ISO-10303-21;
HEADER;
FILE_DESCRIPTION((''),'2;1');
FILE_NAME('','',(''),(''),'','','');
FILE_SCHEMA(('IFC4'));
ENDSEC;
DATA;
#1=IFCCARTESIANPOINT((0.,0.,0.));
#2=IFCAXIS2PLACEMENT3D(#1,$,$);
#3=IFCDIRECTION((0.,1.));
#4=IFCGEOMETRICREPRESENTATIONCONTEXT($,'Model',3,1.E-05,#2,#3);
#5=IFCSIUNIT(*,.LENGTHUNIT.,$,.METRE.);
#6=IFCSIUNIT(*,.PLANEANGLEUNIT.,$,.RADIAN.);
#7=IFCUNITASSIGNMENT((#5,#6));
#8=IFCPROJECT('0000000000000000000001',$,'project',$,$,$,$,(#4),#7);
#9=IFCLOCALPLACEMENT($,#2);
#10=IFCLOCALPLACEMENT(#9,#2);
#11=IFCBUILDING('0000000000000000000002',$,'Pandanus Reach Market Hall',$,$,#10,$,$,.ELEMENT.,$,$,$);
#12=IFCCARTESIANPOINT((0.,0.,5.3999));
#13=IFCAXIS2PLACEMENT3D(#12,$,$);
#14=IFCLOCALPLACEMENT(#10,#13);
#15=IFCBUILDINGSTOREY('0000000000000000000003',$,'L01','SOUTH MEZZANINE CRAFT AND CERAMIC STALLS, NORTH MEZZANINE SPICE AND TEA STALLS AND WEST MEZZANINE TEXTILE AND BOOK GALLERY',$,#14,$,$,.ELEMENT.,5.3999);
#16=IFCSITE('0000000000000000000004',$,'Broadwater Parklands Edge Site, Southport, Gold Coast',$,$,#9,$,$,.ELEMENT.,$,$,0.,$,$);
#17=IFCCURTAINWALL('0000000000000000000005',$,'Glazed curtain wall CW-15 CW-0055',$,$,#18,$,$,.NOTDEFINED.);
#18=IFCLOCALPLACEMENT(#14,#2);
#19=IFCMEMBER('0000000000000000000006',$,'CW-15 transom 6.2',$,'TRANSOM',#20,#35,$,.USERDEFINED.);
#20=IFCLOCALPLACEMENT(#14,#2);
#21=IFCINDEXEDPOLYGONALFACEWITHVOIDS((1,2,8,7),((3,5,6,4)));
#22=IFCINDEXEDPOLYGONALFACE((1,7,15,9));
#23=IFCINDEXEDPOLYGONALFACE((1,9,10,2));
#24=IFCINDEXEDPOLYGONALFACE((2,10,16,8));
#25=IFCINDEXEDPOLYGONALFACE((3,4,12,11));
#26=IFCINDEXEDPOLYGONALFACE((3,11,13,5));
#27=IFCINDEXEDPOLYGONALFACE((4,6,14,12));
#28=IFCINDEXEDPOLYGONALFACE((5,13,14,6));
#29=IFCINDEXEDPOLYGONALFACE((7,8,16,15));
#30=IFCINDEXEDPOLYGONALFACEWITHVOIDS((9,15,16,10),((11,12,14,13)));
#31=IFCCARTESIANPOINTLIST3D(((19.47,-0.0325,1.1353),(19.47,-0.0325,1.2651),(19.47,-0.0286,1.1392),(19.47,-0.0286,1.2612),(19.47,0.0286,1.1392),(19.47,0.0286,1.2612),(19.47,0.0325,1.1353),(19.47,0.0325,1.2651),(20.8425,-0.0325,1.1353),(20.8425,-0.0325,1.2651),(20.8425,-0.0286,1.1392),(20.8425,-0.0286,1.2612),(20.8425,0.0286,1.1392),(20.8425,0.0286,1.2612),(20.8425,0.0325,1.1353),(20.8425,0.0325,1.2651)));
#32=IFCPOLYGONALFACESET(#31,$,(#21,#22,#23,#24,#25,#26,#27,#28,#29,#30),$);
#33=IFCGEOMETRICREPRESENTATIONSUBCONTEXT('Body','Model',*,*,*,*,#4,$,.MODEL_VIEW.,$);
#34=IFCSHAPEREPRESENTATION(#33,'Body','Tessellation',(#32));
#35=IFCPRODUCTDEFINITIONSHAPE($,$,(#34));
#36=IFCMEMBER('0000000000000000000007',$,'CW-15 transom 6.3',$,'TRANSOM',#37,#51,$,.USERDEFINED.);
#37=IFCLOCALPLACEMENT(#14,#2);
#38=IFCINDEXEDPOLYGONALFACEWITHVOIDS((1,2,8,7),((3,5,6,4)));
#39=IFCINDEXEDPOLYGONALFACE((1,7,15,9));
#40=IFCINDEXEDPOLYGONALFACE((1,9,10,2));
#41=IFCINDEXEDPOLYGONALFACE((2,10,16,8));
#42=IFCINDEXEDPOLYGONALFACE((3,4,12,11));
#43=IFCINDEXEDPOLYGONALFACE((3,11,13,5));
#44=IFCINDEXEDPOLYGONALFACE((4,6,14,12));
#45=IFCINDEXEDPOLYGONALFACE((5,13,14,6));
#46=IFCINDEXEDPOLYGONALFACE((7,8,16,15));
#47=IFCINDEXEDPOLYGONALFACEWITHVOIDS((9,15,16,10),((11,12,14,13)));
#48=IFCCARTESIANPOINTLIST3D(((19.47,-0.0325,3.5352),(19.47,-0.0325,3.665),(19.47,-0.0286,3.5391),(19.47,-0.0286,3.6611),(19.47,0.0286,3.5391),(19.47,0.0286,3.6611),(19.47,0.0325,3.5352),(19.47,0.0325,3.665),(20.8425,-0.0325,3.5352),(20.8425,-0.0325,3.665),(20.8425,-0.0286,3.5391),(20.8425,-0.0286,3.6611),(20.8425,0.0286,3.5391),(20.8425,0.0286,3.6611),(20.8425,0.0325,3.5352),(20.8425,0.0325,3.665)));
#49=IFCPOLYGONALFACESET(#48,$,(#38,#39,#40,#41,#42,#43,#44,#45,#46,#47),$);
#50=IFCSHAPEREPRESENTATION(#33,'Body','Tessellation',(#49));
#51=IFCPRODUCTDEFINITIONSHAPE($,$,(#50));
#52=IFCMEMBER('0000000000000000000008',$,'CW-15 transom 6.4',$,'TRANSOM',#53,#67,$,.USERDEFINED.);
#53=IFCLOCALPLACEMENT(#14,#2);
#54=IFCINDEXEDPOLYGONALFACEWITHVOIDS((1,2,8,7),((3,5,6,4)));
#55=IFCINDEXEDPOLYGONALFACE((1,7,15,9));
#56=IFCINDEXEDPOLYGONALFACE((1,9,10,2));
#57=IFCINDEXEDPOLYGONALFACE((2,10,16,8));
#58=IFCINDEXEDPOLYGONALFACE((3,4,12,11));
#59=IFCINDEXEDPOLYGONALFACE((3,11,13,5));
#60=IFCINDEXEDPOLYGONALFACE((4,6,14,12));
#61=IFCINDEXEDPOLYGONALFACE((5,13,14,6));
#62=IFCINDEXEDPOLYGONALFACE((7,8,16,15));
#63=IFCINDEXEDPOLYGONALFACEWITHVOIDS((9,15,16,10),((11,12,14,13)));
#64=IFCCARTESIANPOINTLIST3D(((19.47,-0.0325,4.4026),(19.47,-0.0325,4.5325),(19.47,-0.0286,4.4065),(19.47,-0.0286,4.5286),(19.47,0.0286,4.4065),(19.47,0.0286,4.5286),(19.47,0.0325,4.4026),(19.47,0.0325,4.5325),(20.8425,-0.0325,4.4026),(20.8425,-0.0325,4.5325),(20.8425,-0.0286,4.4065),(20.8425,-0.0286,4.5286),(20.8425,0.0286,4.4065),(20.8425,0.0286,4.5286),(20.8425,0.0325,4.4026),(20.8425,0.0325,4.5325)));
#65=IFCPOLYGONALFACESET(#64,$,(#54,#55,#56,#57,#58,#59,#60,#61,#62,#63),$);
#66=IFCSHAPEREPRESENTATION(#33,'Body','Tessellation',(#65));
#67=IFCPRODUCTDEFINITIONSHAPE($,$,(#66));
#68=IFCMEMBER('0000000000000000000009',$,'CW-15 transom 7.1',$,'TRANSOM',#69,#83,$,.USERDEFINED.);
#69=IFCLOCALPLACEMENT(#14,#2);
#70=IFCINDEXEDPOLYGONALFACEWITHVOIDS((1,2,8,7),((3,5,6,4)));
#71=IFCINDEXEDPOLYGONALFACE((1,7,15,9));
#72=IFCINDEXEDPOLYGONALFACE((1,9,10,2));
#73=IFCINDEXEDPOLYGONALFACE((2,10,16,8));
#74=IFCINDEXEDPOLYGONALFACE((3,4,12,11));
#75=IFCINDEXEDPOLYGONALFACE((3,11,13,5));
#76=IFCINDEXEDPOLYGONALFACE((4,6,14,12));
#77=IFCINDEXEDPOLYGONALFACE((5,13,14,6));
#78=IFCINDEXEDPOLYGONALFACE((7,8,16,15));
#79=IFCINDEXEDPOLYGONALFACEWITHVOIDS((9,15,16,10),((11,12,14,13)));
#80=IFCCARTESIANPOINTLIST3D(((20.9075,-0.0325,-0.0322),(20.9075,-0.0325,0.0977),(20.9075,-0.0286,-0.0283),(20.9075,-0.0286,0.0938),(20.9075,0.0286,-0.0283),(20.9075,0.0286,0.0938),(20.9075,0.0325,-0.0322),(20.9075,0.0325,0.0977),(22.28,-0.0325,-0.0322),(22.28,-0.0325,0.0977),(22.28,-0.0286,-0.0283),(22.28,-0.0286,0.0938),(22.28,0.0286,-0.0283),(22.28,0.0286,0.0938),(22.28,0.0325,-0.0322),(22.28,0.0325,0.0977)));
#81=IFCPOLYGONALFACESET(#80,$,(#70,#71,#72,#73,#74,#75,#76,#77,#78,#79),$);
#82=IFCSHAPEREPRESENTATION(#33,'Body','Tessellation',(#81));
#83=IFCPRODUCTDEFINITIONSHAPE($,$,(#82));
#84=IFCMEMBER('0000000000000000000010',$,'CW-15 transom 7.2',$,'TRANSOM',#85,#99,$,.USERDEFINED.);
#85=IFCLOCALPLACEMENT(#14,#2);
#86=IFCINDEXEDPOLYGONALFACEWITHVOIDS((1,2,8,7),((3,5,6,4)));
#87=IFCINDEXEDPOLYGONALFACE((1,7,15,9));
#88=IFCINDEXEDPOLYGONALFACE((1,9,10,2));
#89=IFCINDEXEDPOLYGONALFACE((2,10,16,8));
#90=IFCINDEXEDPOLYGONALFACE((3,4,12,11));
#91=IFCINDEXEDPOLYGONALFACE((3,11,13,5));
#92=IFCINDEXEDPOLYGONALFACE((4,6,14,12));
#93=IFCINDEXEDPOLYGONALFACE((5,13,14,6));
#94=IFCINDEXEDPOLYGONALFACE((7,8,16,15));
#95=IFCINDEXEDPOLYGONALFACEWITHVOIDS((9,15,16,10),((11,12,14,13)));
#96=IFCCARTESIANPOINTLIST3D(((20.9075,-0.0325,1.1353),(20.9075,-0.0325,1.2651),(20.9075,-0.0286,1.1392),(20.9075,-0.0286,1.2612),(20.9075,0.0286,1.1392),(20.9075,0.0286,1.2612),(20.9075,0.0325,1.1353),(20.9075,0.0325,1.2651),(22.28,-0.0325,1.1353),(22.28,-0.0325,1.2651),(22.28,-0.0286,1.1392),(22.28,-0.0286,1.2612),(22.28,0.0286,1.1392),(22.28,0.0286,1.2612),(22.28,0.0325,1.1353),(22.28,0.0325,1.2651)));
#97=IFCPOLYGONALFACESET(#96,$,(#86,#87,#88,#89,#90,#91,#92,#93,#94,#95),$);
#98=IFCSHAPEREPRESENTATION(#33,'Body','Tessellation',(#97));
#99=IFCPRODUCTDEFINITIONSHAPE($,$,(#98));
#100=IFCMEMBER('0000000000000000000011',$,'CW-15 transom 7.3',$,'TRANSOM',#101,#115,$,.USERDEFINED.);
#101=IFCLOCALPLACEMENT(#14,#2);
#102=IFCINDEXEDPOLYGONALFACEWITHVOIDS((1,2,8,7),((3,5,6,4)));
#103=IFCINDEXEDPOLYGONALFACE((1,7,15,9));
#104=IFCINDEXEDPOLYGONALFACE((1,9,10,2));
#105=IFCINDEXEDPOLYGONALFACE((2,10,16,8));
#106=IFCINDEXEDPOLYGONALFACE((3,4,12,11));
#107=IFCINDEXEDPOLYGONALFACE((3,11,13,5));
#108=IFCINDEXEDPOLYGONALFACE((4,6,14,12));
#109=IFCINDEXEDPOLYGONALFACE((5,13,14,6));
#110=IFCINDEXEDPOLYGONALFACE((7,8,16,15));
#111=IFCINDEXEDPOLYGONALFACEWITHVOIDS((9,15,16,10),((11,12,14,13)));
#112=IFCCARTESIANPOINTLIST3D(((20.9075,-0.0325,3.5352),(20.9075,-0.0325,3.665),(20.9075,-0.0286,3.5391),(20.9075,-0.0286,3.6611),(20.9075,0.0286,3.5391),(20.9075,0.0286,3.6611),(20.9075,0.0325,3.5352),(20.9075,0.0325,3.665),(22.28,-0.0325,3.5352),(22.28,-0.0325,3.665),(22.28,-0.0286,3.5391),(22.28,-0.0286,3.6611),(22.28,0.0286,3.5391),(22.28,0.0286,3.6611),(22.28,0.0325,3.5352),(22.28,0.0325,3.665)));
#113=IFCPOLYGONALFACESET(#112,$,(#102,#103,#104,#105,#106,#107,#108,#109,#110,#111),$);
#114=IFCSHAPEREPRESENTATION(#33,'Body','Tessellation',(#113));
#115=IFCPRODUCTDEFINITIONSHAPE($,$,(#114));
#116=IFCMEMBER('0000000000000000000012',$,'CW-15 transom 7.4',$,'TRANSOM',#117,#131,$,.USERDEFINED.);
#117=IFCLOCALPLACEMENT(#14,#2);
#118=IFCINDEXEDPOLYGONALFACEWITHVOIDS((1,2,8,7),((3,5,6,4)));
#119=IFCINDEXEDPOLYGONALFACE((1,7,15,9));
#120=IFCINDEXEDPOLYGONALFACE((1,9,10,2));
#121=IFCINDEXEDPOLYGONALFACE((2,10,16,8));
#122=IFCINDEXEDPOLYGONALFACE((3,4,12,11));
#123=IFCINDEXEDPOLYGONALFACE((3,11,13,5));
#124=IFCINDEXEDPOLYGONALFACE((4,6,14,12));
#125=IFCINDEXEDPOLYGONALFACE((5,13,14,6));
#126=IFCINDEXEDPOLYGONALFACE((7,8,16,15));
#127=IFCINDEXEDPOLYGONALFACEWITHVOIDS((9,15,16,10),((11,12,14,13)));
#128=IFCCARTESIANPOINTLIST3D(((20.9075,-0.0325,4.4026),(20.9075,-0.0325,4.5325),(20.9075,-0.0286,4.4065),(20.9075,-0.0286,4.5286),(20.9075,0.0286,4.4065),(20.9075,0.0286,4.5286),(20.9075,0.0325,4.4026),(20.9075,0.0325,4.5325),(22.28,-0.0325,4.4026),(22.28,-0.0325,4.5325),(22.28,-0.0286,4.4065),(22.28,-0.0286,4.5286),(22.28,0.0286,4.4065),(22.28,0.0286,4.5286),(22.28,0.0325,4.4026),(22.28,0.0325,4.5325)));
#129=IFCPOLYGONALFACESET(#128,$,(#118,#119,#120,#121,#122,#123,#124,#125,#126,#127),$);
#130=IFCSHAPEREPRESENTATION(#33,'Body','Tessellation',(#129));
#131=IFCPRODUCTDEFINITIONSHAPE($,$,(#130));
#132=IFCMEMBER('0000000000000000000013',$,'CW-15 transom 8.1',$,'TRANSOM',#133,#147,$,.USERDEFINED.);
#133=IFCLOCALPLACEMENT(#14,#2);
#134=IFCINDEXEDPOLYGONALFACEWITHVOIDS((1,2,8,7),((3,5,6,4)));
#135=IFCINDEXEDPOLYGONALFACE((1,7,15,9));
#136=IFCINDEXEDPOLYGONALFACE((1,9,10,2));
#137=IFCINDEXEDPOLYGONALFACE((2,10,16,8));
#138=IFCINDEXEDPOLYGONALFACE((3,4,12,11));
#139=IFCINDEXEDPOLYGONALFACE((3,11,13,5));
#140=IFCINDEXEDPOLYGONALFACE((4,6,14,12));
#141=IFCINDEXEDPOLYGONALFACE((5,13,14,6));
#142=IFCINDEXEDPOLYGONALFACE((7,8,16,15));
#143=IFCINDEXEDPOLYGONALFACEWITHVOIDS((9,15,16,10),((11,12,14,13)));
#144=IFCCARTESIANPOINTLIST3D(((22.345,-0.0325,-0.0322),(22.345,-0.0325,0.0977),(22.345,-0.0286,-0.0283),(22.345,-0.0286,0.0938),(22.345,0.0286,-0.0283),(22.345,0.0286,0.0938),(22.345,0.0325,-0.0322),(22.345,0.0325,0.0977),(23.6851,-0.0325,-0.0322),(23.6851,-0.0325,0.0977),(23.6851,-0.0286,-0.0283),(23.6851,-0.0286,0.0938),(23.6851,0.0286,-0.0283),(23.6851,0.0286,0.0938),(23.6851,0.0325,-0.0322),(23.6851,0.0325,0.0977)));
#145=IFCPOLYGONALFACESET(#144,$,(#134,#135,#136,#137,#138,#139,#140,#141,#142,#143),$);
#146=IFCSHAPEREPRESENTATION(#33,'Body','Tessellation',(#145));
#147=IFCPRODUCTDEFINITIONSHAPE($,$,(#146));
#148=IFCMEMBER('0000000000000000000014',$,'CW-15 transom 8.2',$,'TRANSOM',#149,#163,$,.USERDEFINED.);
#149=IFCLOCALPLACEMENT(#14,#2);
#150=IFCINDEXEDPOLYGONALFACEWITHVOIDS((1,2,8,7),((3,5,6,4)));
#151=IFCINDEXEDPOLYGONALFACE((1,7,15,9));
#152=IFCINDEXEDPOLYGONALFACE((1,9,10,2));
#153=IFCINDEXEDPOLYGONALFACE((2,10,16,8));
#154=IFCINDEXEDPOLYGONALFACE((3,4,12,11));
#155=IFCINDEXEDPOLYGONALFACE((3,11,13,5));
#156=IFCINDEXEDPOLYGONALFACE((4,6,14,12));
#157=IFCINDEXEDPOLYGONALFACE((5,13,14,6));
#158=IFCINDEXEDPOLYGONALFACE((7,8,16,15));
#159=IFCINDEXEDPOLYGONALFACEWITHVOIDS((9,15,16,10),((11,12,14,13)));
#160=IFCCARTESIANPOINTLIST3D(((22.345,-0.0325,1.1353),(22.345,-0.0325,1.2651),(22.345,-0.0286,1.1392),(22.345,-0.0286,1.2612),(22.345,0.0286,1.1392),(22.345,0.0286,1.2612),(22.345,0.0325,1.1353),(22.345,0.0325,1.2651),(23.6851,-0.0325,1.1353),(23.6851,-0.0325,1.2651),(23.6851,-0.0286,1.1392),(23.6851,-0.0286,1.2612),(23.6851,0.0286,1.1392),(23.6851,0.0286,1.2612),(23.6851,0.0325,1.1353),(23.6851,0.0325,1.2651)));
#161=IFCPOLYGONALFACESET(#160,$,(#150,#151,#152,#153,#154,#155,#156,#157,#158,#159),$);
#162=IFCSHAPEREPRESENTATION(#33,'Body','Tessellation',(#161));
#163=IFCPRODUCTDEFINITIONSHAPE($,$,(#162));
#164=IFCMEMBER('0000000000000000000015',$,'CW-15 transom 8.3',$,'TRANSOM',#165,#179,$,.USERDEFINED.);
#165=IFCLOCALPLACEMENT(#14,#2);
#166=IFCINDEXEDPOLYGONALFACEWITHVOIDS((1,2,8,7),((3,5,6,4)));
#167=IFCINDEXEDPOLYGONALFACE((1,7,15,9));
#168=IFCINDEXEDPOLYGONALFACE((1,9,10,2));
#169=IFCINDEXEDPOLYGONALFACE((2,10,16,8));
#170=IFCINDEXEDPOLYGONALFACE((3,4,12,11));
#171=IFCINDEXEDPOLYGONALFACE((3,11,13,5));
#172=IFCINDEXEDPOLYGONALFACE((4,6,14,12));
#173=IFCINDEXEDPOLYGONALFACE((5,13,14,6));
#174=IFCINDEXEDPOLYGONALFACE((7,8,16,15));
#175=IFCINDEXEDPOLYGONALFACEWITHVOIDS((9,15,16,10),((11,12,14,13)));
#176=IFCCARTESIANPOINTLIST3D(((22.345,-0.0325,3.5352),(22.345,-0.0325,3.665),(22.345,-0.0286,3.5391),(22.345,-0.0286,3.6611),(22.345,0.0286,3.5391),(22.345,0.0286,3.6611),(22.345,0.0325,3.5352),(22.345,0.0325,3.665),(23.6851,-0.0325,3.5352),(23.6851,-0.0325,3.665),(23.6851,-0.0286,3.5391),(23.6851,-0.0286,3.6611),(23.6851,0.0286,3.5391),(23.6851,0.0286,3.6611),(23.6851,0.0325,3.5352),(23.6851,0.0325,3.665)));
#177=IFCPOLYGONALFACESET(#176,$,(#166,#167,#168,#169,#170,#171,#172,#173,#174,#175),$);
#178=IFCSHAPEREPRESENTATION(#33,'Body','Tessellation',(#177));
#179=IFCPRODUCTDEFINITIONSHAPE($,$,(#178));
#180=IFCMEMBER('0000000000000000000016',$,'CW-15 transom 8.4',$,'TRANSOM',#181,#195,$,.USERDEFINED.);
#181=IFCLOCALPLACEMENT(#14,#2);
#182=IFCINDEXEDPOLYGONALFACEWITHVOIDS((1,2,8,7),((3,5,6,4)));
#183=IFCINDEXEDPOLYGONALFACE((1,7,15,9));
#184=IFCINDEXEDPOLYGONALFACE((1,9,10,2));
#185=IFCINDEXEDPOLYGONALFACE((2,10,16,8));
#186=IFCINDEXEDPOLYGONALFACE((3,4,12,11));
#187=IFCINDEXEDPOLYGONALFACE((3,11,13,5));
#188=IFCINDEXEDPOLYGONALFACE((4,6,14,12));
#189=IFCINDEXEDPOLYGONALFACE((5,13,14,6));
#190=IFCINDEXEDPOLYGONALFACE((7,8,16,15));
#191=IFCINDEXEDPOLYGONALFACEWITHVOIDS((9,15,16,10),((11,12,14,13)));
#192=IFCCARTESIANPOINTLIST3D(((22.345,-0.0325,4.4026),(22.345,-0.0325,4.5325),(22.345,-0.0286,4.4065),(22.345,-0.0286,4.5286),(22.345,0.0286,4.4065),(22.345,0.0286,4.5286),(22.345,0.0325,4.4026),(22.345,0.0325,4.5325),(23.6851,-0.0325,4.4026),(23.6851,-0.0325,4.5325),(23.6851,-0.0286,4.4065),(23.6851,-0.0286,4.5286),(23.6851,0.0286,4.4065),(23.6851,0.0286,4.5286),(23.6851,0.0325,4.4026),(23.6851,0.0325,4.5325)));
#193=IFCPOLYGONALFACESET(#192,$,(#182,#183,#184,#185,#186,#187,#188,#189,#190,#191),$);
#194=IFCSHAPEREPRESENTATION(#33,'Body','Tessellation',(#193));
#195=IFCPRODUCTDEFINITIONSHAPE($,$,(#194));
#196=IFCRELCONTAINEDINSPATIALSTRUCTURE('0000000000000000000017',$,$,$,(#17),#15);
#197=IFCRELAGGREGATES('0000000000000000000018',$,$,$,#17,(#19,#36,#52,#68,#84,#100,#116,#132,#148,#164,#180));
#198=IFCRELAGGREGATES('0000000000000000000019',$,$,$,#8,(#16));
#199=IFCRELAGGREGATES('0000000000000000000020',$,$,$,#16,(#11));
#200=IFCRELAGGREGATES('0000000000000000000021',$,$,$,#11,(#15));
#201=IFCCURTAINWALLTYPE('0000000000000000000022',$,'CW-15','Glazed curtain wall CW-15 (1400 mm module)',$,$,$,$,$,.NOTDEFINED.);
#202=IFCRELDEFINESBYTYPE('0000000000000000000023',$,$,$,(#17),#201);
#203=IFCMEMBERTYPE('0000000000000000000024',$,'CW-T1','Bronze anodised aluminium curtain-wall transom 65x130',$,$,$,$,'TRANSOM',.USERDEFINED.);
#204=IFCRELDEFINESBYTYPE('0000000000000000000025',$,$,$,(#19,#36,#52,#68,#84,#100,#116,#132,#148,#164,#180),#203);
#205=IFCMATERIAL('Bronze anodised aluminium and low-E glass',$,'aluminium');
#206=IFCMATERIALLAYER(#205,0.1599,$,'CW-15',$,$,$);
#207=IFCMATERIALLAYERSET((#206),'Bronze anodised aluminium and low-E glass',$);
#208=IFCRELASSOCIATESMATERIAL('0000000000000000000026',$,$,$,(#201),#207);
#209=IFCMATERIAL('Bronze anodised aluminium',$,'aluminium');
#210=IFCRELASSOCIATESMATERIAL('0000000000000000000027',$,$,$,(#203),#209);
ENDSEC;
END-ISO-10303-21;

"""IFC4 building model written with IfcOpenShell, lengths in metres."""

from ifc_helpers import new_model, si_unit, direction, frame, origin, origin_2d, place, context, subcontext, project, spatial, hollow_rectangle, extrude, material, layer, layer_set, material_profile, profile_set, type_object, element, aggregate, save


model = new_model("IFC4")

# Units and contexts
model_context = context("Model", 3, precision=1e-05, world=origin(), true_north=direction((0.0, 1.0)))
body_context = subcontext(model_context, "Body", "Model", "MODEL_VIEW")
ifc_project = project(units=[si_unit("LENGTHUNIT", "METRE"), si_unit("PLANEANGLEUNIT", "RADIAN")], contexts=[model_context])

# Site, building, storey
site_placement = place(None, origin())
site = spatial("IfcSite", under=ifc_project, at=site_placement, Name="Broadwater Parklands Edge Site, Southport, Gold Coast", CompositionType="ELEMENT", RefElevation=0.0)
building_placement = place(site_placement, origin())
building = spatial("IfcBuilding", under=site, at=building_placement, Name="Pandanus Reach Market Hall", CompositionType="ELEMENT")
storey_placement = place(building_placement, frame((0.0, 0.0, 5.3999)))
storey = spatial("IfcBuildingStorey", under=building, at=storey_placement, Name="L01", Description="SOUTH MEZZANINE CRAFT AND CERAMIC STALLS, NORTH MEZZANINE SPICE AND TEA STALLS AND WEST MEZZANINE TEXTILE AND BOOK GALLERY", CompositionType="ELEMENT", Elevation=5.3999)

# Curtain wall, members
ifc_material_1 = material(Name="Bronze anodised aluminium and low-E glass", Category="aluminium")
ifc_layer_1 = layer(ifc_material_1, 0.1599, Name="CW-15")
ifc_layer_set_1 = layer_set([ifc_layer_1], Name="Bronze anodised aluminium and low-E glass")
curtain_wall_type = type_object("IfcCurtainWallType", Name="CW-15", Description="Glazed curtain wall CW-15 (1400 mm module)", PredefinedType="NOTDEFINED", material=ifc_layer_set_1)
curtain_wall_placement = place(storey_placement, origin())
curtain_wall = element("IfcCurtainWall", 1, at=curtain_wall_placement, inside=storey, type_object=curtain_wall_type, Name="Glazed curtain wall CW-15 CW-0055", PredefinedType="NOTDEFINED")
ifc_material_2 = material(Name="Bronze anodised aluminium", Category="aluminium")
ifc_material_profile_1 = material_profile(ifc_material_2, hollow_rectangle(XDim=0.0649, YDim=0.1299, WallThickness=0.0039, at=origin_2d()), Name="ALU65x130", Category="LoadBearing")
ifc_profile_set_1 = profile_set([ifc_material_profile_1], Name="Bronze anodised aluminium")
member_type_1 = type_object("IfcMemberType", Name="CW-T1", Description="Bronze anodised aluminium curtain-wall transom 65x130", ElementType="TRANSOM", PredefinedType="USERDEFINED", material=ifc_profile_set_1)
member_1_placement = place(storey_placement, frame((19.47, 0.0, 1.2002), z_axis=(1.0, 0.0, 0.0), x_axis=(0.0, 1.0, 0.0)))
member_1 = element("IfcMember", 2, at=member_1_placement, type_object=member_type_1, Name="CW-15 transom 6.2", ObjectType="TRANSOM", PredefinedType="USERDEFINED", context=body_context, shape_type="SweptSolid", body=[
    extrude(hollow_rectangle(XDim=0.0649, YDim=0.1299, WallThickness=0.0039, at=origin_2d()), origin(), (0.0, 0.0, 1.0), 1.3726),
])
member_2_placement = place(storey_placement, frame((19.47, 0.0, 3.6001), z_axis=(1.0, 0.0, 0.0), x_axis=(0.0, 1.0, 0.0)))
member_2 = element("IfcMember", 3, at=member_2_placement, type_object=member_type_1, Name="CW-15 transom 6.3", ObjectType="TRANSOM", PredefinedType="USERDEFINED", context=body_context, shape_type="SweptSolid", body=[
    extrude(hollow_rectangle(XDim=0.0649, YDim=0.1299, WallThickness=0.0039, at=origin_2d()), origin(), (0.0, 0.0, 1.0), 1.3726),
])
member_3_placement = place(storey_placement, frame((19.47, 0.0, 4.4675), z_axis=(1.0, 0.0, 0.0), x_axis=(0.0, 1.0, 0.0)))
member_3 = element("IfcMember", 4, at=member_3_placement, type_object=member_type_1, Name="CW-15 transom 6.4", ObjectType="TRANSOM", PredefinedType="USERDEFINED", context=body_context, shape_type="SweptSolid", body=[
    extrude(hollow_rectangle(XDim=0.0649, YDim=0.1299, WallThickness=0.0039, at=origin_2d()), origin(), (0.0, 0.0, 1.0), 1.3726),
])
member_4_placement = place(storey_placement, frame((20.9075, 0.0, 0.0327), z_axis=(1.0, 0.0, 0.0), x_axis=(0.0, 1.0, 0.0)))
member_4 = element("IfcMember", 5, at=member_4_placement, type_object=member_type_1, Name="CW-15 transom 7.1", ObjectType="TRANSOM", PredefinedType="USERDEFINED", context=body_context, shape_type="SweptSolid", body=[
    extrude(hollow_rectangle(XDim=0.0649, YDim=0.1299, WallThickness=0.0039, at=origin_2d()), origin(), (0.0, 0.0, 1.0), 1.3726),
])
member_5_placement = place(storey_placement, frame((20.9075, 0.0, 1.2002), z_axis=(1.0, 0.0, 0.0), x_axis=(0.0, 1.0, 0.0)))
member_5 = element("IfcMember", 6, at=member_5_placement, type_object=member_type_1, Name="CW-15 transom 7.2", ObjectType="TRANSOM", PredefinedType="USERDEFINED", context=body_context, shape_type="SweptSolid", body=[
    extrude(hollow_rectangle(XDim=0.0649, YDim=0.1299, WallThickness=0.0039, at=origin_2d()), origin(), (0.0, 0.0, 1.0), 1.3726),
])
member_6_placement = place(storey_placement, frame((20.9075, 0.0, 3.6001), z_axis=(1.0, 0.0, 0.0), x_axis=(0.0, 1.0, 0.0)))
member_6 = element("IfcMember", 7, at=member_6_placement, type_object=member_type_1, Name="CW-15 transom 7.3", ObjectType="TRANSOM", PredefinedType="USERDEFINED", context=body_context, shape_type="SweptSolid", body=[
    extrude(hollow_rectangle(XDim=0.0649, YDim=0.1299, WallThickness=0.0039, at=origin_2d()), origin(), (0.0, 0.0, 1.0), 1.3726),
])
member_7_placement = place(storey_placement, frame((20.9075, 0.0, 4.4675), z_axis=(1.0, 0.0, 0.0), x_axis=(0.0, 1.0, 0.0)))
member_7 = element("IfcMember", 8, at=member_7_placement, type_object=member_type_1, Name="CW-15 transom 7.4", ObjectType="TRANSOM", PredefinedType="USERDEFINED", context=body_context, shape_type="SweptSolid", body=[
    extrude(hollow_rectangle(XDim=0.0649, YDim=0.1299, WallThickness=0.0039, at=origin_2d()), origin(), (0.0, 0.0, 1.0), 1.3726),
])
member_8_placement = place(storey_placement, frame((22.345, 0.0, 0.0327), z_axis=(1.0, 0.0, 0.0), x_axis=(0.0, 1.0, 0.0)))
member_8 = element("IfcMember", 9, at=member_8_placement, type_object=member_type_1, Name="CW-15 transom 8.1", ObjectType="TRANSOM", PredefinedType="USERDEFINED", context=body_context, shape_type="SweptSolid", body=[
    extrude(hollow_rectangle(XDim=0.0649, YDim=0.1299, WallThickness=0.0039, at=origin_2d()), origin(), (0.0, 0.0, 1.0), 1.3401),
])
member_9_placement = place(storey_placement, frame((22.345, 0.0, 1.2002), z_axis=(1.0, 0.0, 0.0), x_axis=(0.0, 1.0, 0.0)))
member_9 = element("IfcMember", 10, at=member_9_placement, type_object=member_type_1, Name="CW-15 transom 8.2", ObjectType="TRANSOM", PredefinedType="USERDEFINED", context=body_context, shape_type="SweptSolid", body=[
    extrude(hollow_rectangle(XDim=0.0649, YDim=0.1299, WallThickness=0.0039, at=origin_2d()), origin(), (0.0, 0.0, 1.0), 1.3401),
])
member_10_placement = place(storey_placement, frame((22.345, 0.0, 3.6001), z_axis=(1.0, 0.0, 0.0), x_axis=(0.0, 1.0, 0.0)))
member_10 = element("IfcMember", 11, at=member_10_placement, type_object=member_type_1, Name="CW-15 transom 8.3", ObjectType="TRANSOM", PredefinedType="USERDEFINED", context=body_context, shape_type="SweptSolid", body=[
    extrude(hollow_rectangle(XDim=0.0649, YDim=0.1299, WallThickness=0.0039, at=origin_2d()), origin(), (0.0, 0.0, 1.0), 1.3401),
])
member_11_placement = place(storey_placement, frame((22.345, 0.0, 4.4675), z_axis=(1.0, 0.0, 0.0), x_axis=(0.0, 1.0, 0.0)))
member_11 = element("IfcMember", 12, at=member_11_placement, type_object=member_type_1, Name="CW-15 transom 8.4", ObjectType="TRANSOM", PredefinedType="USERDEFINED", context=body_context, shape_type="SweptSolid", body=[
    extrude(hollow_rectangle(XDim=0.0649, YDim=0.1299, WallThickness=0.0039, at=origin_2d()), origin(), (0.0, 0.0, 1.0), 1.3401),
])

aggregate(curtain_wall, [member_1, member_2, member_3, member_4, member_5, member_6, member_7, member_8, member_9, member_10, member_11])

save(model, "model.ifc")
